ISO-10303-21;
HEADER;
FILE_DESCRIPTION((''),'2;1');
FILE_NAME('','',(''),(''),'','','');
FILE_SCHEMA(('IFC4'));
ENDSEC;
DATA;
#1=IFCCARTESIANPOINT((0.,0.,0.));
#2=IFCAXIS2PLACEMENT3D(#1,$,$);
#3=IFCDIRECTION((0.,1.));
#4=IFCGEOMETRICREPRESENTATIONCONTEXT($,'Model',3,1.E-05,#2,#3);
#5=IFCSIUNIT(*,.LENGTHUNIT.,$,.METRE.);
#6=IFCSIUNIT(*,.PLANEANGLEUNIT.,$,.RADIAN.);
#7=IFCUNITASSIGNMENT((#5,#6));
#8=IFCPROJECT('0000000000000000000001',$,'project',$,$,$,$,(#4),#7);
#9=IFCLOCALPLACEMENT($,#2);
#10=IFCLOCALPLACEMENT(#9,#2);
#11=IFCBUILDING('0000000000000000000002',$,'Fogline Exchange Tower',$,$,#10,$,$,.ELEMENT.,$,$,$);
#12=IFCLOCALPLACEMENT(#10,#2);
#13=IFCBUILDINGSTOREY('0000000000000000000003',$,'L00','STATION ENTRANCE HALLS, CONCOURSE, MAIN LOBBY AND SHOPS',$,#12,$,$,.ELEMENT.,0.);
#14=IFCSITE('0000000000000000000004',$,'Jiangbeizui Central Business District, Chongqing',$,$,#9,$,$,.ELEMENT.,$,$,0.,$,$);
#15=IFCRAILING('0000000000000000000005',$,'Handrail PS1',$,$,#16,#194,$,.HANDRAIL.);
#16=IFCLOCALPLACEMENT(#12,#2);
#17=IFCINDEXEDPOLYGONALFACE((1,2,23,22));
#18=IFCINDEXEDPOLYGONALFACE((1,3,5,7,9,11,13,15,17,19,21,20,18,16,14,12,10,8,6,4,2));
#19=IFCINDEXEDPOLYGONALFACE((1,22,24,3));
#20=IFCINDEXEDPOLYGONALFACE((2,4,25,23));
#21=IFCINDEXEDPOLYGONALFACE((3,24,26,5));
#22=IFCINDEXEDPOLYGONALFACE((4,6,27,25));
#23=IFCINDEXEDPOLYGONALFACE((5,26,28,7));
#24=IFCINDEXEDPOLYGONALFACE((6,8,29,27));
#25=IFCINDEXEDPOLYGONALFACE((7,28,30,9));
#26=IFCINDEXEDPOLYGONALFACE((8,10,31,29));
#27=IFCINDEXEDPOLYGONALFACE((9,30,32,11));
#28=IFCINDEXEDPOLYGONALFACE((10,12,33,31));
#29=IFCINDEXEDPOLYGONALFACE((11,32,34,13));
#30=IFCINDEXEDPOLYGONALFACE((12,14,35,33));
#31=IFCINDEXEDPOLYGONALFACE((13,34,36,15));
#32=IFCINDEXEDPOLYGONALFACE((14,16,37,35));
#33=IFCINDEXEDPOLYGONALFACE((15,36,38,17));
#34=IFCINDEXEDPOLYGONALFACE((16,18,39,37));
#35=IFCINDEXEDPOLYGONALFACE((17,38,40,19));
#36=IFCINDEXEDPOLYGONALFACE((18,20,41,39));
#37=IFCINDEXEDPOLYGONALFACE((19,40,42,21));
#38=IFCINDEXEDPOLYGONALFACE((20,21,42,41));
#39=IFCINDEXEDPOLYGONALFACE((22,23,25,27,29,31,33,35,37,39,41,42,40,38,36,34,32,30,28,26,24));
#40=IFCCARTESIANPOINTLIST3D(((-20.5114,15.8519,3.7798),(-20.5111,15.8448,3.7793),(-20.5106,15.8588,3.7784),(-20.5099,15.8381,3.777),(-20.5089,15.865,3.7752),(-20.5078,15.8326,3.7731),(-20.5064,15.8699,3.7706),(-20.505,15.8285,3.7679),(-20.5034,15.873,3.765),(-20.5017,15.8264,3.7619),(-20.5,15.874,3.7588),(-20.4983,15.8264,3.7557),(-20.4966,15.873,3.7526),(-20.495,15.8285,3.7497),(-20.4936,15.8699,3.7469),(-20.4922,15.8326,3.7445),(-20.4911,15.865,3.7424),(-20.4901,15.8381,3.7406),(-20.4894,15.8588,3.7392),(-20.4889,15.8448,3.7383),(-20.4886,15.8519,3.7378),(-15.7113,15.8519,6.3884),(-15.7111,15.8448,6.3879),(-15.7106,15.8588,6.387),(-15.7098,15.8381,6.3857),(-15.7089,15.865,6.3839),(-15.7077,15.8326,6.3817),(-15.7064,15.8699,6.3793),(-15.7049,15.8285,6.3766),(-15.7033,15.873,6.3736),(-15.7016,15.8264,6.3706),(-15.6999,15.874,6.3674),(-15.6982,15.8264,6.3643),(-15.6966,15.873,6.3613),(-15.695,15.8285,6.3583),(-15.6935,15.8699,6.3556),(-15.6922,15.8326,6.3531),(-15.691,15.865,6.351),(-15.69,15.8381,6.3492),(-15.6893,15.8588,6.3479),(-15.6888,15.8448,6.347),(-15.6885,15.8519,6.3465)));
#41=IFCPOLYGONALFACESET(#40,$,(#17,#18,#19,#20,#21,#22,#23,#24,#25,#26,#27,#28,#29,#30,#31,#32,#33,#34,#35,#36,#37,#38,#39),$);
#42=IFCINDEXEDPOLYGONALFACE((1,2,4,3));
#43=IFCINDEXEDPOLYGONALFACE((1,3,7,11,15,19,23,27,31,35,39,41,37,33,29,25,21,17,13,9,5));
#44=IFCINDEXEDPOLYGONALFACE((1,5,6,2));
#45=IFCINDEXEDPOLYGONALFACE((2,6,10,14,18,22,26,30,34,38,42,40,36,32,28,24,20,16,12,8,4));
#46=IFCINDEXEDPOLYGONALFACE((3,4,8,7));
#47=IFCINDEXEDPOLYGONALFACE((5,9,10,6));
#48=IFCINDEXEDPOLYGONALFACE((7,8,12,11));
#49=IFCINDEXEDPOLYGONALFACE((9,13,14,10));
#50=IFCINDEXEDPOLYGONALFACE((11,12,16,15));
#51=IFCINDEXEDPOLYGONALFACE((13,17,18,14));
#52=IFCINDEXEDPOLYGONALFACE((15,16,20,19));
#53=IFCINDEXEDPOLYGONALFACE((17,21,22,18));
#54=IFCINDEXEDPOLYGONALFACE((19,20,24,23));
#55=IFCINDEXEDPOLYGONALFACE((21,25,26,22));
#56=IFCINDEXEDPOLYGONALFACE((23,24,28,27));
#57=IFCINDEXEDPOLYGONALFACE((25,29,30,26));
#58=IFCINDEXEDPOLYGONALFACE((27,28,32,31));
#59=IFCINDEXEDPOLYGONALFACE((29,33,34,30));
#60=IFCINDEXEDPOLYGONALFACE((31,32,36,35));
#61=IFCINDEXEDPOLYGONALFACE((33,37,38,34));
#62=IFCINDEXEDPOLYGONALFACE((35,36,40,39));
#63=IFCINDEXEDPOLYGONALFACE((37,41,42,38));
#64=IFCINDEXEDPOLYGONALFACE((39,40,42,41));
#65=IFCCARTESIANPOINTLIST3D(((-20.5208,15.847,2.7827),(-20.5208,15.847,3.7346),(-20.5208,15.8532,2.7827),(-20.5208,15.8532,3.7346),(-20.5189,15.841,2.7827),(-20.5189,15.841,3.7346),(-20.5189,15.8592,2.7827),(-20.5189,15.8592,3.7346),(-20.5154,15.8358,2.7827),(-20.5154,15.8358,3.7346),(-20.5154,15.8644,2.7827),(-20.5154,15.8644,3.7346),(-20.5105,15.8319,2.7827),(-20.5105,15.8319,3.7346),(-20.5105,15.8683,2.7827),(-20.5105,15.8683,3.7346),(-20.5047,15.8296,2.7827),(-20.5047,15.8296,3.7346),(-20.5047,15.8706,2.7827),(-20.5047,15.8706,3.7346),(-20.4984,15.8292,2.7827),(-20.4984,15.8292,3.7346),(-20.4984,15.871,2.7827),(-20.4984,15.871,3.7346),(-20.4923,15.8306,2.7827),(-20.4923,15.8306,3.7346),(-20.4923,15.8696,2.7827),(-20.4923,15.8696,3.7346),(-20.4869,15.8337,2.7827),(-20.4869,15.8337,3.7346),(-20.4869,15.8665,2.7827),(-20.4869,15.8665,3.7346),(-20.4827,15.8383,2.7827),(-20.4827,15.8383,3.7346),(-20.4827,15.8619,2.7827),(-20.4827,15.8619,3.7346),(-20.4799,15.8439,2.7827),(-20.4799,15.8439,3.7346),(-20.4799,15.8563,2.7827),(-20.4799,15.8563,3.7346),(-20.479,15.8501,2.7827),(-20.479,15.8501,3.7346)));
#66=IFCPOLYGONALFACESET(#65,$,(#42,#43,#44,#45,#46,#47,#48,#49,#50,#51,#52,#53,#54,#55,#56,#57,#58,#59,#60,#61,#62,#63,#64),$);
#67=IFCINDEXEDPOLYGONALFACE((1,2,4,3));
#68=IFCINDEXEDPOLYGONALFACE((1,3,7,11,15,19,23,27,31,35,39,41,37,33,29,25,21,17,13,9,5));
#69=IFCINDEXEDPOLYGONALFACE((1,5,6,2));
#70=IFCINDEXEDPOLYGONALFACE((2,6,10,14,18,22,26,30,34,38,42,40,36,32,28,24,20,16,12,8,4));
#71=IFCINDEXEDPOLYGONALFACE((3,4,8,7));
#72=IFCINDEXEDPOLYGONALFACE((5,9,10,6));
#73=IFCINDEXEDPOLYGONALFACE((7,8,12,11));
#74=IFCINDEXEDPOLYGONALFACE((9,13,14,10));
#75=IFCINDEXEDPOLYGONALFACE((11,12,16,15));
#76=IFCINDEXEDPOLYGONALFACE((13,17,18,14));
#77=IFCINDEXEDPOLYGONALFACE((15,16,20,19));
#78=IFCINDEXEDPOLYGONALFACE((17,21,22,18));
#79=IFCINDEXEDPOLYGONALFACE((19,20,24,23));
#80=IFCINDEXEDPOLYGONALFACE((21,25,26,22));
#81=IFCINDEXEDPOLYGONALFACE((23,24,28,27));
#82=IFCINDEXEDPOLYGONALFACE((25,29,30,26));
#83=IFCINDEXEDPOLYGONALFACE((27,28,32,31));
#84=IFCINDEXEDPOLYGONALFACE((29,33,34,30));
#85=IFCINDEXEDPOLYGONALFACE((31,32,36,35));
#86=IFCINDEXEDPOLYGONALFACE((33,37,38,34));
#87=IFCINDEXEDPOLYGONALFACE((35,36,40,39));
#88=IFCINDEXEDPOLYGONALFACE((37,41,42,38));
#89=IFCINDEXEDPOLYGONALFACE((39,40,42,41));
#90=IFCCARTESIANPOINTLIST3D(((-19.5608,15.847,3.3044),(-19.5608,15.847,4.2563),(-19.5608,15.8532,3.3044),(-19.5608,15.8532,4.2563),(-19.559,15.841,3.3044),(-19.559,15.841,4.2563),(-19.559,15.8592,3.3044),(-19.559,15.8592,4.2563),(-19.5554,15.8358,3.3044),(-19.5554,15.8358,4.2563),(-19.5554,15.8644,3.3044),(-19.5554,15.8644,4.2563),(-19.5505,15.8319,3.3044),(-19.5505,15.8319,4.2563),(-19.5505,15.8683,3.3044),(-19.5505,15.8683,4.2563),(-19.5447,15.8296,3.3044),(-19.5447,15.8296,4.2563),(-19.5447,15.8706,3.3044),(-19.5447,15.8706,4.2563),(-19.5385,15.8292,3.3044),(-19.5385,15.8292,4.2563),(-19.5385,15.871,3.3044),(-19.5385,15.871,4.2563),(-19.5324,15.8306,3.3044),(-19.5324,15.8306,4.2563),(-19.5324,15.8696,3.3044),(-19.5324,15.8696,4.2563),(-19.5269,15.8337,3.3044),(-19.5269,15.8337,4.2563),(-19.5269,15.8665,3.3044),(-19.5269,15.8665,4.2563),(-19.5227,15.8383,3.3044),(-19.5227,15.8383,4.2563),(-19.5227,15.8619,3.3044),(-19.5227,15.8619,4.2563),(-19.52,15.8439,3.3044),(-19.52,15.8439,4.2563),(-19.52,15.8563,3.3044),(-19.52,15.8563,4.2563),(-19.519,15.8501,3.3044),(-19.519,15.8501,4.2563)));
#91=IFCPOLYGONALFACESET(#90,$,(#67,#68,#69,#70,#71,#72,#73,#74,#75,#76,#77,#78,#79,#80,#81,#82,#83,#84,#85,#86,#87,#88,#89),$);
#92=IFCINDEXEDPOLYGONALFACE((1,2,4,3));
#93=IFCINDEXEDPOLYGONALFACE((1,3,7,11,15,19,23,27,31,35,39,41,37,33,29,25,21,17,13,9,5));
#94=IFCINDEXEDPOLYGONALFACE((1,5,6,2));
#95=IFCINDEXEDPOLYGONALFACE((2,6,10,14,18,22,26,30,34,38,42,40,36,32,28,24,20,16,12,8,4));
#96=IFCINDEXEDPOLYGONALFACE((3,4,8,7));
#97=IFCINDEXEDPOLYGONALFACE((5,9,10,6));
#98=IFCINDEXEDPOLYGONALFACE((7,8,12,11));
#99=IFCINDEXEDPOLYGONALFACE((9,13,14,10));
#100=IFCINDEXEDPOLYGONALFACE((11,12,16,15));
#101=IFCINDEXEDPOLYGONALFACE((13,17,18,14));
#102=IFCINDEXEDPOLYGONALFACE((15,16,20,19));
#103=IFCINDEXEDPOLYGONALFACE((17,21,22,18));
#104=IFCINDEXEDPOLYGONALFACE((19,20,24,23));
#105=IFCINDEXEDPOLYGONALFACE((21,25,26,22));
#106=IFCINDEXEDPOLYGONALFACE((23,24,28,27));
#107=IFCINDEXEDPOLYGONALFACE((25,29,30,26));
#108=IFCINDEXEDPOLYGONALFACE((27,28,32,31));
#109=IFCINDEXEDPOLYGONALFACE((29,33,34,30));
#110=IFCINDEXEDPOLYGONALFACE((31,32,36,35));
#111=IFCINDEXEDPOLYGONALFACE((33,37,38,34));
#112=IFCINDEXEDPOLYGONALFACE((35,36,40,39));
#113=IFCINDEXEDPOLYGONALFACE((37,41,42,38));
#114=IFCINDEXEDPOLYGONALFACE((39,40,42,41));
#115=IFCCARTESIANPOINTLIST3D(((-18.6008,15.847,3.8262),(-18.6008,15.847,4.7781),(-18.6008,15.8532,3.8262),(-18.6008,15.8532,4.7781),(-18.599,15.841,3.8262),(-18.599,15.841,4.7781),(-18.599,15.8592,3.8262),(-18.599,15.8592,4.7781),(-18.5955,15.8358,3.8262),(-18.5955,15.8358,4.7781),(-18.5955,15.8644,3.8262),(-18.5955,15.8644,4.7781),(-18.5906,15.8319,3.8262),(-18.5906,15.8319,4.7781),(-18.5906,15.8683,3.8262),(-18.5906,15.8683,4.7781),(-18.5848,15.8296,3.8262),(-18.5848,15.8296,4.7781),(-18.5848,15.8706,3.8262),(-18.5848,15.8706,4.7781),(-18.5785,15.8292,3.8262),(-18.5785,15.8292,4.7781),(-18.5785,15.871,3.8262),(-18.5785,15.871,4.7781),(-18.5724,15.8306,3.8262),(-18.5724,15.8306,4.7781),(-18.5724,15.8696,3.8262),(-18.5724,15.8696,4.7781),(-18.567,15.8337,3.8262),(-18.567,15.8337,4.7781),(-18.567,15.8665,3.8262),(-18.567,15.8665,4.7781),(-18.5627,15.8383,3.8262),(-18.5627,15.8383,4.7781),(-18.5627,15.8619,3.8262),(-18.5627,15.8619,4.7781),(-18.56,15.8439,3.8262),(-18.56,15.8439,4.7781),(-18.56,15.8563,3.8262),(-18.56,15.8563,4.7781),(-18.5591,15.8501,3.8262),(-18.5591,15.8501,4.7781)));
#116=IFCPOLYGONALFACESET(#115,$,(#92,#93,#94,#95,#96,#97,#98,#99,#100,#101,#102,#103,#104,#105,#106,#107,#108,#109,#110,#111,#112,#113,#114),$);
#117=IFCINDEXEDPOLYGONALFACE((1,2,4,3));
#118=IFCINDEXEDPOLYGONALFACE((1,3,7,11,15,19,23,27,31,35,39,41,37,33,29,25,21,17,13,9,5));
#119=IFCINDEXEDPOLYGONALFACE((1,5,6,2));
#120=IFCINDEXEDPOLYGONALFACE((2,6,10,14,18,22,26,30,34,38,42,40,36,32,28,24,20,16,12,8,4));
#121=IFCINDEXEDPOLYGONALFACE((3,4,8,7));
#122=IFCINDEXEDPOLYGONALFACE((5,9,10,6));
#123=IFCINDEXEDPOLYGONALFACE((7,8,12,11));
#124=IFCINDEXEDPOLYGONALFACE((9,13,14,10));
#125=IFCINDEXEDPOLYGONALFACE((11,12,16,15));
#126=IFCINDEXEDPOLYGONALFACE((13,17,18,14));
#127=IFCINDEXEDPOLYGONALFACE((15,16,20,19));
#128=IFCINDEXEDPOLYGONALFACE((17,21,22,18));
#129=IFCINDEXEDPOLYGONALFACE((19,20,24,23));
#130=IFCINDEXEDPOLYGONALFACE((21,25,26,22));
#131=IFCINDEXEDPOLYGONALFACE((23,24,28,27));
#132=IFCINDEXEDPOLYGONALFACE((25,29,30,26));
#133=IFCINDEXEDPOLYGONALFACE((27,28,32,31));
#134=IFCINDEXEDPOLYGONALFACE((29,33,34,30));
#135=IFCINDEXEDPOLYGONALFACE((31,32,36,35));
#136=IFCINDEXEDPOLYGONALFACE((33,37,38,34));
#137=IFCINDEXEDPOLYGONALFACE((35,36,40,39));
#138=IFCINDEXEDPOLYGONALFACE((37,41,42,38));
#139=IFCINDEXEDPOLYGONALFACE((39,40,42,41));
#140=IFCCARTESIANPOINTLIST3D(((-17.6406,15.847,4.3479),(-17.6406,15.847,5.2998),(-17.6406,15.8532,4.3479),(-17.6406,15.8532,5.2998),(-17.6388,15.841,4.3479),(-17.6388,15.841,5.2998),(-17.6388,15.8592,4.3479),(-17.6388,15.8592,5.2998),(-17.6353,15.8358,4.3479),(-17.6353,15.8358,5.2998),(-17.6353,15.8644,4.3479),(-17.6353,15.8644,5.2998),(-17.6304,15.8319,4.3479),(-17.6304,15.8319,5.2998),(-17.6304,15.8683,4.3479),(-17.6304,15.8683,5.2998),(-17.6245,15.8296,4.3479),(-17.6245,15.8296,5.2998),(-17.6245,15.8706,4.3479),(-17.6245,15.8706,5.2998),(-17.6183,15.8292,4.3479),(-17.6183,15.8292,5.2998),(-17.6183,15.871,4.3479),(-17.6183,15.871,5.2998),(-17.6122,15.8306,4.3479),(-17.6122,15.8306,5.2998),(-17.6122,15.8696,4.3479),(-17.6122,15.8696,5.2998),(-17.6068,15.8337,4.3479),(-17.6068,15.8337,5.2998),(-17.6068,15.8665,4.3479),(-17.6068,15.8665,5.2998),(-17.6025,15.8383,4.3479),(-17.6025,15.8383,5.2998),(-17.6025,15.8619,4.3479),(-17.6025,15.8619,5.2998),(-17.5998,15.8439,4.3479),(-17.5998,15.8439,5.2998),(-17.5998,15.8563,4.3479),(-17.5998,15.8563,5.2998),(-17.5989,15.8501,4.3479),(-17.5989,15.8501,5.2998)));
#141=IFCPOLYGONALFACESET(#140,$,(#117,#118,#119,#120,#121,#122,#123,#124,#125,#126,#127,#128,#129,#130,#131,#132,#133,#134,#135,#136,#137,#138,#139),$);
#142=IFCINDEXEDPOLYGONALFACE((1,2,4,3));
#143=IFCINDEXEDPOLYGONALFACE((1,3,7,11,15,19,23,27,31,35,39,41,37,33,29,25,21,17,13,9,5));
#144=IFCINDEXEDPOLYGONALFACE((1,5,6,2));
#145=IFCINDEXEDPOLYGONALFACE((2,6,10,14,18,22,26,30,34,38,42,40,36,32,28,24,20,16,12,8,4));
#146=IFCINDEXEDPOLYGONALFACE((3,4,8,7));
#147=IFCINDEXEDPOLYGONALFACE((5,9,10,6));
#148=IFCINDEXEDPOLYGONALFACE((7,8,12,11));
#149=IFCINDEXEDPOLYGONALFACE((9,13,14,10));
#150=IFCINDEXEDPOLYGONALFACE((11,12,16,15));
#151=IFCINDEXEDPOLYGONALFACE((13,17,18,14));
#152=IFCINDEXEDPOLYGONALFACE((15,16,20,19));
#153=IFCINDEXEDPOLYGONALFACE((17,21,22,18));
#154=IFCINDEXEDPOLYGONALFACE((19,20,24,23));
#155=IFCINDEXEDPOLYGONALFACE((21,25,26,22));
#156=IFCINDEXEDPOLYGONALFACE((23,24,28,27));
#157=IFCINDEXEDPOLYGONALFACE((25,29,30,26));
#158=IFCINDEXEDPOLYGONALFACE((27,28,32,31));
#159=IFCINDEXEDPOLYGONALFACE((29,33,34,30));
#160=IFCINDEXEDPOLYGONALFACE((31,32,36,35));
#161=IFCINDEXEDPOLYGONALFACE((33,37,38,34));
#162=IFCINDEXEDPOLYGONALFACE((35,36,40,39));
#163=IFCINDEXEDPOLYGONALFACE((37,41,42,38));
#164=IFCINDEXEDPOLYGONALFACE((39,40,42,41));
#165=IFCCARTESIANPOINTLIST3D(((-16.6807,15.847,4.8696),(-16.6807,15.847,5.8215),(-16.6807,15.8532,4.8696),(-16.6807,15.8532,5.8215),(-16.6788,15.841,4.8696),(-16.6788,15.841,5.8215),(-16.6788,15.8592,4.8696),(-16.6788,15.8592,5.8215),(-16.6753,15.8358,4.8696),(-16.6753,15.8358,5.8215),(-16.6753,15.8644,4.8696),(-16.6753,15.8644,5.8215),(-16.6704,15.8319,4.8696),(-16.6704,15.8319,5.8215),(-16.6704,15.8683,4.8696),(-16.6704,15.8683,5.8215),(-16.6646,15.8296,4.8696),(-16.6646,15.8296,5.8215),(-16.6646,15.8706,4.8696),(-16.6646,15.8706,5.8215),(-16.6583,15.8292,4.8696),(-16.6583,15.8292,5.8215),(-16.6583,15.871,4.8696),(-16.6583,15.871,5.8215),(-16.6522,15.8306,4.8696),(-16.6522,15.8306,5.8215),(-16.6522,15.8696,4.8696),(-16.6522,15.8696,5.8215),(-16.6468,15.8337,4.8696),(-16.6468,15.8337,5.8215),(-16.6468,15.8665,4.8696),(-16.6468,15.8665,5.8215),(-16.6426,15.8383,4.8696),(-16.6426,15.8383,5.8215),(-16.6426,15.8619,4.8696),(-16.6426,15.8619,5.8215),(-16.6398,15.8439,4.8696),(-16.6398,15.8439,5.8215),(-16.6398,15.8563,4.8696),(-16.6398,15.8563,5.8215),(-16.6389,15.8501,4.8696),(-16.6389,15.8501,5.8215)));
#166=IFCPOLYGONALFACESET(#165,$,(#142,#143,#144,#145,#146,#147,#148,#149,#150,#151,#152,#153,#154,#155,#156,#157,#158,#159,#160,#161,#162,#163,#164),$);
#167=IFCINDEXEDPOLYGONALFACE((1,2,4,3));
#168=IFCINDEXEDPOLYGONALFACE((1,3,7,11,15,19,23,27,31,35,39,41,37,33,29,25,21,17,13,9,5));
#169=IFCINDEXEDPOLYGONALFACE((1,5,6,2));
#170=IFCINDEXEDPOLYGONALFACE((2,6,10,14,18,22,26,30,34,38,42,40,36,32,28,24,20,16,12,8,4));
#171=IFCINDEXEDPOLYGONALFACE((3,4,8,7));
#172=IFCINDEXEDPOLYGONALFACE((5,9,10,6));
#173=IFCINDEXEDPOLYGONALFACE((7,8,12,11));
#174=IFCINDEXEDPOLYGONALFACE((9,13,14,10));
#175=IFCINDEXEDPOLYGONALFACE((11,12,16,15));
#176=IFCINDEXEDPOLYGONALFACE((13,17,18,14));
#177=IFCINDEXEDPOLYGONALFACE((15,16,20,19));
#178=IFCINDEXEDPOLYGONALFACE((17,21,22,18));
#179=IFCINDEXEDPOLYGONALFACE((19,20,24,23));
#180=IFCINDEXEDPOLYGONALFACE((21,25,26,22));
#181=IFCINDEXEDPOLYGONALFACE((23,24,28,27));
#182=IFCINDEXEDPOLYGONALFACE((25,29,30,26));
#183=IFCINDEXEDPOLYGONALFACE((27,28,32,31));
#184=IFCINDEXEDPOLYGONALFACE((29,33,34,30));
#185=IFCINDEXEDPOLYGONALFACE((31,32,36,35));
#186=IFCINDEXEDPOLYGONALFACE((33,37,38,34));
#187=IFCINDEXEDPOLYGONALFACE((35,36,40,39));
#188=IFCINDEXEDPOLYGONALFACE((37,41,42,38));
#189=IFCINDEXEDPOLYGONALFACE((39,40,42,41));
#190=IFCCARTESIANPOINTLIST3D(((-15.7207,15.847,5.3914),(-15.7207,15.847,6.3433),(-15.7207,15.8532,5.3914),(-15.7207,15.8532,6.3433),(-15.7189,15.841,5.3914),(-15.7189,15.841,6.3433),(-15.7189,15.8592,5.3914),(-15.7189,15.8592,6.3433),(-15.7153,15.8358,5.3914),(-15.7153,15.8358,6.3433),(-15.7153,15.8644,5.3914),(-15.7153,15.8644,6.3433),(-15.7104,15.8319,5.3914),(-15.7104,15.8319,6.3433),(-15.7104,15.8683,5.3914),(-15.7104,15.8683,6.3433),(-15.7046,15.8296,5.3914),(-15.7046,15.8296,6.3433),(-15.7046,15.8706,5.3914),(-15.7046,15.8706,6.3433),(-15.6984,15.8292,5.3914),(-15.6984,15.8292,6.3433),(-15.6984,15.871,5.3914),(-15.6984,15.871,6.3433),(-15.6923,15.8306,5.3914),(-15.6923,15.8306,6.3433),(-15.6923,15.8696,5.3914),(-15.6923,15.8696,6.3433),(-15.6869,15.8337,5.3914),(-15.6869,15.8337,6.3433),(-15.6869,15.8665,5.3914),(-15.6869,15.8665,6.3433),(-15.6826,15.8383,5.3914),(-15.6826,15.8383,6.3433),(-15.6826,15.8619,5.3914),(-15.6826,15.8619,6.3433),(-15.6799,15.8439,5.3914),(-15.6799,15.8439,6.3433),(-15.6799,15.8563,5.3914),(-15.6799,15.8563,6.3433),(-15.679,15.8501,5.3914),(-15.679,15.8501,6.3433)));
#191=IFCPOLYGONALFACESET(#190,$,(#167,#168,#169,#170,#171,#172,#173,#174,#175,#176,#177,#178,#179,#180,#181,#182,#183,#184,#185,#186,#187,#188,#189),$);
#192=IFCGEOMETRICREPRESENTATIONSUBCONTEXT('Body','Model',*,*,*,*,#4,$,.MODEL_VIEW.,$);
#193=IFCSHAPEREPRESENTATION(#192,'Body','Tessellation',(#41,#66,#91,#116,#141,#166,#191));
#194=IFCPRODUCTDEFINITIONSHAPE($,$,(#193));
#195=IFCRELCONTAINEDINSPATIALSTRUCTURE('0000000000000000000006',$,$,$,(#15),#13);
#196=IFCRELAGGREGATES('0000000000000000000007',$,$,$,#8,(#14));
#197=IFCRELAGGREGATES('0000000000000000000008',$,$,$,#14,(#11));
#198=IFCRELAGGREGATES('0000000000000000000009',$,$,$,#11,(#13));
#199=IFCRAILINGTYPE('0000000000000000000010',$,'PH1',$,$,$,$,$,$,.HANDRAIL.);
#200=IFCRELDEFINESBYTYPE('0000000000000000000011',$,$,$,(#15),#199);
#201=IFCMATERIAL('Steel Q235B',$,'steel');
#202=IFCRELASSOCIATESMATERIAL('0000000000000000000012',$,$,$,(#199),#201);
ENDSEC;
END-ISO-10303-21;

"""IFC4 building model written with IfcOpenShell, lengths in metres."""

from ifc_helpers import new_model, si_unit, direction, frame, origin, origin_2d, place, context, subcontext, project, spatial, circle, extrude, material, type_object, element, save


model = new_model("IFC4")

# Units and contexts
model_context = context("Model", 3, precision=1e-05, world=origin(), true_north=direction((0.0, 1.0)))
body_context = subcontext(model_context, "Body", "Model", "MODEL_VIEW")
ifc_project = project(units=[si_unit("LENGTHUNIT", "METRE"), si_unit("PLANEANGLEUNIT", "RADIAN")], contexts=[model_context])

# Site, building, storey
site_placement = place(None, origin())
site = spatial("IfcSite", under=ifc_project, at=site_placement, Name="Jiangbeizui Central Business District, Chongqing", CompositionType="ELEMENT", RefElevation=0.0)
building_placement = place(site_placement, origin())
building = spatial("IfcBuilding", under=site, at=building_placement, Name="Fogline Exchange Tower", CompositionType="ELEMENT")
storey_placement = place(building_placement, origin())
storey = spatial("IfcBuildingStorey", under=building, at=storey_placement, Name="L00", Description="STATION ENTRANCE HALLS, CONCOURSE, MAIN LOBBY AND SHOPS", CompositionType="ELEMENT", Elevation=0.0)

# Shared definitions
ifc_material_1 = material(Name="Steel Q235B", Category="steel")

# Railing
railing_type_1 = type_object("IfcRailingType", Name="PH1", PredefinedType="HANDRAIL", material=ifc_material_1)
for number, where, name in (
    (1, (-20.5, 15.8501, 2.7827), "Handrail PS1"),
):
    element("IfcRailing", number, at=place(storey_placement, frame(where)), inside=storey, type_object=railing_type_1, Name=name, PredefinedType="HANDRAIL", context=body_context, shape_type="SweptSolid", body=[
        extrude(circle(Radius=0.0239, at=origin_2d()), frame((0.0, 0.0, 0.9761), z_axis=(0.878631, 0.0, 0.477502), x_axis=(0.0, 1.0, 0.0)), (0.0, 0.0, 1.0), 5.4631),
        extrude(circle(Radius=0.021, at=origin_2d()), origin(), (0.0, 0.0, 1.0), 0.9519),
        extrude(circle(Radius=0.021, at=origin_2d()), frame((0.96, 0.0, 0.5217)), (0.0, 0.0, 1.0), 0.9519),
        extrude(circle(Radius=0.021, at=origin_2d()), frame((1.9199, 0.0, 1.0435)), (0.0, 0.0, 1.0), 0.9519),
        extrude(circle(Radius=0.021, at=origin_2d()), frame((2.8801, 0.0, 1.5652)), (0.0, 0.0, 1.0), 0.9519),
        extrude(circle(Radius=0.021, at=origin_2d()), frame((3.8401, 0.0, 2.0869)), (0.0, 0.0, 1.0), 0.9519),
        extrude(circle(Radius=0.021, at=origin_2d()), frame((4.8, 0.0, 2.6086)), (0.0, 0.0, 1.0), 0.9519),
    ])

save(model, "model.ifc")
